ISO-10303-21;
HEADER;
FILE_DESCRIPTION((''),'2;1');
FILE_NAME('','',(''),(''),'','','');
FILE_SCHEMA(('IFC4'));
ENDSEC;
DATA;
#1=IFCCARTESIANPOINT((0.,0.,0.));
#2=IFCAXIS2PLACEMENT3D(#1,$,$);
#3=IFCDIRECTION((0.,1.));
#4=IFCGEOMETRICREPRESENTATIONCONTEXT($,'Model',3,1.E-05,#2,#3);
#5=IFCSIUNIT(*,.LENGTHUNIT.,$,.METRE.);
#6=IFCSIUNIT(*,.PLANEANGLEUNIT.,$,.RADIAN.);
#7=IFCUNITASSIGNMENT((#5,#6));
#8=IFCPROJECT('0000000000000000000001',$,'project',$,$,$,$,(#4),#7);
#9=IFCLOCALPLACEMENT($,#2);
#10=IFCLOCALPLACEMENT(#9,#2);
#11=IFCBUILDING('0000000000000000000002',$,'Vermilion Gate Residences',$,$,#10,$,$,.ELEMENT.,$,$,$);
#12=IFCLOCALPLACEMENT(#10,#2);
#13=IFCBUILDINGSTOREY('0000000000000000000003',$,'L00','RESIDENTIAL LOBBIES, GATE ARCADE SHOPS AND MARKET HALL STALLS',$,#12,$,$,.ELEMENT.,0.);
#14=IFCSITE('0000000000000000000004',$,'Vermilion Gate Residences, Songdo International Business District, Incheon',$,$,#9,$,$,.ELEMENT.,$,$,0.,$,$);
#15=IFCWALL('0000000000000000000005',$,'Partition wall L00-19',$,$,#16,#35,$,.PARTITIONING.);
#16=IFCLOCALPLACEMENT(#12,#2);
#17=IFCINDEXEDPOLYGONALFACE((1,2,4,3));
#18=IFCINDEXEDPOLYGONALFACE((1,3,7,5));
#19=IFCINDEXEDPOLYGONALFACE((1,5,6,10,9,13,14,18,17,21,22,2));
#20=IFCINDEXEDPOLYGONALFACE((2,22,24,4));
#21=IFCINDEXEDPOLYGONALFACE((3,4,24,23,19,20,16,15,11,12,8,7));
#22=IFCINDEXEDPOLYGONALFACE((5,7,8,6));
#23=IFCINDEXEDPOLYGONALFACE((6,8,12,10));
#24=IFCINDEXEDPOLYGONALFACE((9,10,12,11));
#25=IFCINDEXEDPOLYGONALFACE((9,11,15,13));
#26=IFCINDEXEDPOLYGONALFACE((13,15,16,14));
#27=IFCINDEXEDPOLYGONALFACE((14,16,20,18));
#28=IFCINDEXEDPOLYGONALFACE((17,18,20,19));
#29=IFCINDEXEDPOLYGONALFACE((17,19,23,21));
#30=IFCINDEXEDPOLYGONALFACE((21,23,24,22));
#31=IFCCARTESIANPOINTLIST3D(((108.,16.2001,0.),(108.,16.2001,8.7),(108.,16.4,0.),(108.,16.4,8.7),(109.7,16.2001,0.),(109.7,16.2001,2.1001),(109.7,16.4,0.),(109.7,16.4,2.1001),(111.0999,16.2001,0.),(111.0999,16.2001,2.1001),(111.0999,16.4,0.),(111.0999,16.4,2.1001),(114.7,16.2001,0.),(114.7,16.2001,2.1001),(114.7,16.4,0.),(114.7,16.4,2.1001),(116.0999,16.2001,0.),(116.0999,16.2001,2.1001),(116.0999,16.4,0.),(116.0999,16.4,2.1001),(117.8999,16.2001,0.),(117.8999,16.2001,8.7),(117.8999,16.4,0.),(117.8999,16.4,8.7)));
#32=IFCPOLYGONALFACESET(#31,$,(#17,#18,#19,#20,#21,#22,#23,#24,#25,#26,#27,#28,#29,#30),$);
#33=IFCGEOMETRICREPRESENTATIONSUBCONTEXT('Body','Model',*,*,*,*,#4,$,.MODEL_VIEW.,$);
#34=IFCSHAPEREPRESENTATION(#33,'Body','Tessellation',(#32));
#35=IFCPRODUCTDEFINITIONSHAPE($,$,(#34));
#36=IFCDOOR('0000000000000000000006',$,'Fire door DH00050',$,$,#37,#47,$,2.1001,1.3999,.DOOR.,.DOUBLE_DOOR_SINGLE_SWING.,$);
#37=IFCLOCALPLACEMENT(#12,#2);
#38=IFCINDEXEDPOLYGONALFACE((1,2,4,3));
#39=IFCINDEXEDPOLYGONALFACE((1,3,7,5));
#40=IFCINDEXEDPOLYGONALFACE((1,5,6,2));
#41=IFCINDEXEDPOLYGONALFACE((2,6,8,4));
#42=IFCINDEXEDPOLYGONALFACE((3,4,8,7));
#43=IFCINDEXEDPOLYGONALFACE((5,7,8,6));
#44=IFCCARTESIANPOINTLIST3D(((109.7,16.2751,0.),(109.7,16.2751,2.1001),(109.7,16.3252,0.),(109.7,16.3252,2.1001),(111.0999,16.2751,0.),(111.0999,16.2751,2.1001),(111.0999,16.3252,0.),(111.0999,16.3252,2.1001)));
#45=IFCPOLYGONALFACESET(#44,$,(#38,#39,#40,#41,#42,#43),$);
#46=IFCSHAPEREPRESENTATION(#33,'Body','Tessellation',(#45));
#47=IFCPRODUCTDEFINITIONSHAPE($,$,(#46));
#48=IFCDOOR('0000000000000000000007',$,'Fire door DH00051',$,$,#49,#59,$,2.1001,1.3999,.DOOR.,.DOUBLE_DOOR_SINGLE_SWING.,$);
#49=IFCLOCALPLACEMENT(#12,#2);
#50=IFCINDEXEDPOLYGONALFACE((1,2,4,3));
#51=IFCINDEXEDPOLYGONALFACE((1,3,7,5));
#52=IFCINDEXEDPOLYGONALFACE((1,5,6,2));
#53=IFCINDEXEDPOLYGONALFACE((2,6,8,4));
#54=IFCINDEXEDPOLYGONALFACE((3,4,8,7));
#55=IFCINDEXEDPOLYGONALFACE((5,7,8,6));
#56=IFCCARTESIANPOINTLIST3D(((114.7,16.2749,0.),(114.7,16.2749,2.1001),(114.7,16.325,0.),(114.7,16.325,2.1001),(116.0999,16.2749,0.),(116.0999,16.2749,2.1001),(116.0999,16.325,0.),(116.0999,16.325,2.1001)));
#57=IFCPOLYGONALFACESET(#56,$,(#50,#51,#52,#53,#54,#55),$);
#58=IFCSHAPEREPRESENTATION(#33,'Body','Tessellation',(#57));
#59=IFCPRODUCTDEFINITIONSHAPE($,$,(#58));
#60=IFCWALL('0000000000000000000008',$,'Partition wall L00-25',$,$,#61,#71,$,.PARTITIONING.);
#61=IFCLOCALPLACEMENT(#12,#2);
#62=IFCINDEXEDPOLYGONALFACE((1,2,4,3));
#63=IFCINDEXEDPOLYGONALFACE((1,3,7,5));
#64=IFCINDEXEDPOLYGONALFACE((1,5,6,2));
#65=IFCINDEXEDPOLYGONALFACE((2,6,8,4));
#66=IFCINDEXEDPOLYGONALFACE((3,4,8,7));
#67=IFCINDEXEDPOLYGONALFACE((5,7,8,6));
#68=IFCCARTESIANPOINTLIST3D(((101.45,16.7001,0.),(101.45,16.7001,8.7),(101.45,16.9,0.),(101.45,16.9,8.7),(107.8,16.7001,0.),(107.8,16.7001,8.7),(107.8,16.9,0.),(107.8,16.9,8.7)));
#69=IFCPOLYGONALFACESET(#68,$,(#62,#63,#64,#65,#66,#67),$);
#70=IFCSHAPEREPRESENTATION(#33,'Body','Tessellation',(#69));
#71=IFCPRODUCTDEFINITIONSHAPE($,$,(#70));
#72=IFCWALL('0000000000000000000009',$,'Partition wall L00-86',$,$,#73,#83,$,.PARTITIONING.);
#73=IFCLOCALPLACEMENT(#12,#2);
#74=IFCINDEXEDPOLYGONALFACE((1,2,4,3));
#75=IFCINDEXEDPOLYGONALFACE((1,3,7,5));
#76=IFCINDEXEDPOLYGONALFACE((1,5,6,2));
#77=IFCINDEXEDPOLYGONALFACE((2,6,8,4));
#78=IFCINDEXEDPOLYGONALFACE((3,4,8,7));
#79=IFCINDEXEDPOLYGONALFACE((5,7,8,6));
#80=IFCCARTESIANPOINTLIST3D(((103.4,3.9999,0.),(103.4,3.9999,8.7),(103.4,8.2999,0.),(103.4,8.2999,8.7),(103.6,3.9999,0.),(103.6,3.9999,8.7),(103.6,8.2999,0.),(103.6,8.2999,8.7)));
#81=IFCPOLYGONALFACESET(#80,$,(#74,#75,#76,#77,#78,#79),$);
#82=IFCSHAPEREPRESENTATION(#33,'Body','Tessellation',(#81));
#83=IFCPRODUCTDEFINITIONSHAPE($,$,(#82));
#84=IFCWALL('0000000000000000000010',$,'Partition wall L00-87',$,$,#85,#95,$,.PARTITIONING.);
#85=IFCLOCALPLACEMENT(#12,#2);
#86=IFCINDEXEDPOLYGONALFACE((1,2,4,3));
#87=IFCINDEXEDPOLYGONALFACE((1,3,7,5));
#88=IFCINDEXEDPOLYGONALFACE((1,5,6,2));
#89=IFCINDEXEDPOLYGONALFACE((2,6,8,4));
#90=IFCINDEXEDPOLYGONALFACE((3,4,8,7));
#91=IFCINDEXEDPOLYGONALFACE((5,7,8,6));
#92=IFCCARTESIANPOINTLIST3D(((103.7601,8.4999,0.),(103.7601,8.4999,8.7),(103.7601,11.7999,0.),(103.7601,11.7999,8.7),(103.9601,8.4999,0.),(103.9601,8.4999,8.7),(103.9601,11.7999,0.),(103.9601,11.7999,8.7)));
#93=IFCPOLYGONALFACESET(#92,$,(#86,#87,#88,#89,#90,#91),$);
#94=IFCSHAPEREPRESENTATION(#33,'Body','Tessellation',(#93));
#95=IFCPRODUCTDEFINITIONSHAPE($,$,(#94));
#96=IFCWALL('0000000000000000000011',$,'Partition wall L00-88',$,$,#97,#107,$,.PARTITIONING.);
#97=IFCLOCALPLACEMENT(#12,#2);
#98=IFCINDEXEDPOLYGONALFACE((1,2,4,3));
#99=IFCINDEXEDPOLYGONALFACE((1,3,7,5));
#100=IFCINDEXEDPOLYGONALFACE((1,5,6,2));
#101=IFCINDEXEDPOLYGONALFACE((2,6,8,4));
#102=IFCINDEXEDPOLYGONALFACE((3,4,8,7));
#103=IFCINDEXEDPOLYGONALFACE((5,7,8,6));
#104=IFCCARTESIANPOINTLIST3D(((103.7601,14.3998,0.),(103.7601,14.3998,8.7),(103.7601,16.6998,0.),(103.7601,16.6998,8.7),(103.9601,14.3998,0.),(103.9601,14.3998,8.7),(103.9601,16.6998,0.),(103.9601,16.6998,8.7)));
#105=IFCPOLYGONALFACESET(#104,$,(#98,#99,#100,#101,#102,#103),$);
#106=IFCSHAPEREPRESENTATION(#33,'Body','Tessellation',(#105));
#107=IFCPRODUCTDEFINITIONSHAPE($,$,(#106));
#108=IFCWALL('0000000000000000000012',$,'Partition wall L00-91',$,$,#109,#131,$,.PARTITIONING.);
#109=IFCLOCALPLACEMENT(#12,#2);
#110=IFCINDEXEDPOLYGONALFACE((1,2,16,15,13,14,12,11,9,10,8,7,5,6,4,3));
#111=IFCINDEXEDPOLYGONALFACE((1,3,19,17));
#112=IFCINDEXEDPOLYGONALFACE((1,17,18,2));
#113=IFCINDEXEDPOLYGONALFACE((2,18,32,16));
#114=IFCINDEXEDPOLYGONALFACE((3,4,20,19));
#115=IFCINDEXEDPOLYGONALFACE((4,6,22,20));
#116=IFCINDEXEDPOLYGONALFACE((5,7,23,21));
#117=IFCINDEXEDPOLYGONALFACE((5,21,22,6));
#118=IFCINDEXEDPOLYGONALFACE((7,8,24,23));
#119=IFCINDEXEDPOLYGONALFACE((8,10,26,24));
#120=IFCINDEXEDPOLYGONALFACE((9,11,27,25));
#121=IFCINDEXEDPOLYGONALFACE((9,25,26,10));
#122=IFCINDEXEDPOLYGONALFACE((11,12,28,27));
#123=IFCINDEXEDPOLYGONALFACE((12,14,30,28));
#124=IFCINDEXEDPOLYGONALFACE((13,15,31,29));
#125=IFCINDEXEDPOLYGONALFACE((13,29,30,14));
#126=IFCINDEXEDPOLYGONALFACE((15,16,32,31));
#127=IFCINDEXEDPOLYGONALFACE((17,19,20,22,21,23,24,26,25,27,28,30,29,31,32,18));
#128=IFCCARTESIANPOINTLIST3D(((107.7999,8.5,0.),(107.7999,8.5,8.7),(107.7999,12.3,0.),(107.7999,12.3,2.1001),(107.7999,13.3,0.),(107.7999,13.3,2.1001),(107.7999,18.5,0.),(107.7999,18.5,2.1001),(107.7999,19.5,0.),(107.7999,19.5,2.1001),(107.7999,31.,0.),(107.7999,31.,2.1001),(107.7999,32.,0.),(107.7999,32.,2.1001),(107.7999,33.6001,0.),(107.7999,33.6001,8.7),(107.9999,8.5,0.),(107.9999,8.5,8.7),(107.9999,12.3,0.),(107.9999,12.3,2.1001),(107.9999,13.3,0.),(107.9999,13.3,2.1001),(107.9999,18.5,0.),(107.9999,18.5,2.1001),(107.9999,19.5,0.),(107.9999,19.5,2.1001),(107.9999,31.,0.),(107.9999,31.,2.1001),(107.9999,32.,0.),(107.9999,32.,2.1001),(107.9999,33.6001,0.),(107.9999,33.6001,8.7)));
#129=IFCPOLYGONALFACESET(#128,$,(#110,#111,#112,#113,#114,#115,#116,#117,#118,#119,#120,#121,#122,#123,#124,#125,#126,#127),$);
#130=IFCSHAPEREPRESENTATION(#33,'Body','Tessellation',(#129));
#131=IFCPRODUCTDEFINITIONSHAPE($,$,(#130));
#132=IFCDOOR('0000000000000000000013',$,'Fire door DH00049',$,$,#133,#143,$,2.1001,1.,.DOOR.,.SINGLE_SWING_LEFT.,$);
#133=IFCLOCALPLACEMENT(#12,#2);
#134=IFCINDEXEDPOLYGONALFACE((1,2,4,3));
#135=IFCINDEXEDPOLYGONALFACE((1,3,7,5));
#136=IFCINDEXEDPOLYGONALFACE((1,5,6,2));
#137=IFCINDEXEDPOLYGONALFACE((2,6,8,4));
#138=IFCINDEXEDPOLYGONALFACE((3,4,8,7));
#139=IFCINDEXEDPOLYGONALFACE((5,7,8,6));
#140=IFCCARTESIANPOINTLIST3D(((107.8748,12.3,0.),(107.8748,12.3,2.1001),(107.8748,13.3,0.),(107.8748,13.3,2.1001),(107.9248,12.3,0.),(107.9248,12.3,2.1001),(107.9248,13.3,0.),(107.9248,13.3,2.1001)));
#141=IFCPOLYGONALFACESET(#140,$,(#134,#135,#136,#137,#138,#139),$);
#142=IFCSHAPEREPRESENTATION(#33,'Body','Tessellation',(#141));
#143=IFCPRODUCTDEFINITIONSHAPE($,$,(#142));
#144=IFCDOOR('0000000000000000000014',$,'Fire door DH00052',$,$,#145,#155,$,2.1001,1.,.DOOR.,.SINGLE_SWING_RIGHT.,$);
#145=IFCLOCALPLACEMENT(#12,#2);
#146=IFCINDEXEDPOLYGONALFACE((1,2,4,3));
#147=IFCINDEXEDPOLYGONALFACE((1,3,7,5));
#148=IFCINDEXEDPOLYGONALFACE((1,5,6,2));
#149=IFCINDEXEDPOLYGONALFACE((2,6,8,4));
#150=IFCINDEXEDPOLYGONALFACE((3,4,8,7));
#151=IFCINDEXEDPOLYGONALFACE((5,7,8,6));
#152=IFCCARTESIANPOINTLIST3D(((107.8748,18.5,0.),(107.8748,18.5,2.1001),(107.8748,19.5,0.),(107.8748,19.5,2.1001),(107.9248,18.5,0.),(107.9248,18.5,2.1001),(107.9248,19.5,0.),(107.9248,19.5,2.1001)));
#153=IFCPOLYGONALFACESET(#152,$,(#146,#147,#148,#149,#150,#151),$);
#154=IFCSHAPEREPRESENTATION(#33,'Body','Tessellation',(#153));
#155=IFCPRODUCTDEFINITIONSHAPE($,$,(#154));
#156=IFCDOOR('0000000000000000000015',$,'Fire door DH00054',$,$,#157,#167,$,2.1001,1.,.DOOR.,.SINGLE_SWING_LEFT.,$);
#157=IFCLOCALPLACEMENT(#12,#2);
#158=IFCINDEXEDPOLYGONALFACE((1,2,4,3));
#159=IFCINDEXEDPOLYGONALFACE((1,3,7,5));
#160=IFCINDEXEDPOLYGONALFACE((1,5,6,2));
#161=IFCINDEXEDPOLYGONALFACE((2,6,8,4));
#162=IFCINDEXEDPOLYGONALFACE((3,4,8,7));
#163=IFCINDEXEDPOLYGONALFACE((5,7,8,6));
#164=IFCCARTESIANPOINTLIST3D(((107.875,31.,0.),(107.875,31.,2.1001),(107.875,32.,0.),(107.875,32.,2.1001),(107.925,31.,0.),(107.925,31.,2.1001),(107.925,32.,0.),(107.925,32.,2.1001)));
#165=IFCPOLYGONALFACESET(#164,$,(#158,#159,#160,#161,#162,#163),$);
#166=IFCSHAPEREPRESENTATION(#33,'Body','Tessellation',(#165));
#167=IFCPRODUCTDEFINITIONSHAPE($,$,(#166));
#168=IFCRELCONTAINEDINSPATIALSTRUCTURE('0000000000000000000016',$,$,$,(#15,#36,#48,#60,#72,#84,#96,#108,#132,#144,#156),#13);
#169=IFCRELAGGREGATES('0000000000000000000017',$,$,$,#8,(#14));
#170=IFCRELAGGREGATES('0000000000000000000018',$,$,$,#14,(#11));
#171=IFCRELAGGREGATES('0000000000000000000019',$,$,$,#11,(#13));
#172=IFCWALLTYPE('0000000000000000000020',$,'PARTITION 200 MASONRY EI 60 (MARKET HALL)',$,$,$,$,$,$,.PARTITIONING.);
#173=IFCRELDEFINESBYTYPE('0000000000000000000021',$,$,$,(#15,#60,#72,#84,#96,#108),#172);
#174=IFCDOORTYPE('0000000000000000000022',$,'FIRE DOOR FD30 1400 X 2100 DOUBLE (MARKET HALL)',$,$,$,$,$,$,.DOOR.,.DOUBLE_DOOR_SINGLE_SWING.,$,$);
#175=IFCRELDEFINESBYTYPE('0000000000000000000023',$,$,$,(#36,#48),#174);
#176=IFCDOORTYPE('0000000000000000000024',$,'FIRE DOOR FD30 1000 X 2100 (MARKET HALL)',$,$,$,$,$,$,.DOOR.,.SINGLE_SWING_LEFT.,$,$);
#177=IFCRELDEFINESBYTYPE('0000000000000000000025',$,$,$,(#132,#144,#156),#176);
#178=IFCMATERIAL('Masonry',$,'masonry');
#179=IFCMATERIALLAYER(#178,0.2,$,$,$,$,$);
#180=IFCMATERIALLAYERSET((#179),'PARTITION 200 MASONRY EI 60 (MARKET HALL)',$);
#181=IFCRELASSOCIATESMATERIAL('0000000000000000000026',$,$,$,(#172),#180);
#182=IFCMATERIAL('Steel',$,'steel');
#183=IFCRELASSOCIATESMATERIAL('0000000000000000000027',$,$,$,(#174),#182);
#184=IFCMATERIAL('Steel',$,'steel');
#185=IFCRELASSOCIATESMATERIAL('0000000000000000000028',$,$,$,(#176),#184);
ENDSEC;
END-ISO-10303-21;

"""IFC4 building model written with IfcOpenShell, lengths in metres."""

from ifc_helpers import new_model, si_unit, direction, frame, frame_2d, origin, place, context, subcontext, project, spatial, rectangle, extrude, material, layer, layer_set, type_object, element, fill, save


model = new_model("IFC4")

# Units and contexts
model_context = context("Model", 3, precision=1e-05, world=origin(), true_north=direction((0.0, 1.0)))
body_context = subcontext(model_context, "Body", "Model", "MODEL_VIEW")
ifc_project = project(units=[si_unit("LENGTHUNIT", "METRE"), si_unit("PLANEANGLEUNIT", "RADIAN")], contexts=[model_context])

# Site, building, storey
site_placement = place(None, origin())
site = spatial("IfcSite", under=ifc_project, at=site_placement, Name="Vermilion Gate Residences, Songdo International Business District, Incheon", CompositionType="ELEMENT", RefElevation=0.0)
building_placement = place(site_placement, origin())
building = spatial("IfcBuilding", under=site, at=building_placement, Name="Vermilion Gate Residences", CompositionType="ELEMENT")
storey_placement = place(building_placement, origin())
storey = spatial("IfcBuildingStorey", under=building, at=storey_placement, Name="L00", Description="RESIDENTIAL LOBBIES, GATE ARCADE SHOPS AND MARKET HALL STALLS", CompositionType="ELEMENT", Elevation=0.0)

# Wall, openings, doors
ifc_material_1 = material(Name="Masonry", Category="masonry")
ifc_layer_1 = layer(ifc_material_1, 0.2)
ifc_layer_set_1 = layer_set([ifc_layer_1], Name="PARTITION 200 MASONRY EI 60 (MARKET HALL)")
wall_type_1 = type_object("IfcWallType", Name="PARTITION 200 MASONRY EI 60 (MARKET HALL)", PredefinedType="PARTITIONING", material=ifc_layer_set_1)
wall_1_placement = place(storey_placement, frame((108.0, 16.3, 0.0), z_axis=(0.0, 0.0, 1.0), x_axis=(1.0, 0.0, 0.0)))
wall_1 = element("IfcWall", 1, at=wall_1_placement, inside=storey, type_object=wall_type_1, Name="Partition wall L00-19", PredefinedType="PARTITIONING", context=body_context, shape_type="SweptSolid", body=[
    extrude(rectangle(XDim=9.8999, YDim=0.2, at=frame_2d((4.95, 0.0))), origin(), (0.0, 0.0, 1.0), 8.7),
])
opening_1_placement = place(wall_1_placement, frame((1.7, 0.0, 0.0)))
opening_1 = element("IfcOpeningElement", 2, at=opening_1_placement, cuts=wall_1, PredefinedType="OPENING", context=body_context, shape_type="SweptSolid", body=[
    extrude(rectangle(XDim=1.3999, YDim=2.1001, at=frame_2d((0.7, 1.05))), frame((0.0, 0.1099, 0.0), z_axis=(0.0, -1.0, 0.0), x_axis=(1.0, 0.0, 0.0)), (0.0, 0.0, 1.0), 0.22),
])
opening_2_placement = place(wall_1_placement, frame((6.7, 0.0, 0.0)))
opening_2 = element("IfcOpeningElement", 3, at=opening_2_placement, cuts=wall_1, PredefinedType="OPENING", context=body_context, shape_type="SweptSolid", body=[
    extrude(rectangle(XDim=1.3999, YDim=2.1001, at=frame_2d((0.7, 1.05))), frame((0.0, 0.1099, 0.0), z_axis=(0.0, -1.0, 0.0), x_axis=(1.0, 0.0, 0.0)), (0.0, 0.0, 1.0), 0.22),
])
ifc_material_2 = material(Name="Steel", Category="steel")
door_type_1 = type_object("IfcDoorType", Name="FIRE DOOR FD30 1400 X 2100 DOUBLE (MARKET HALL)", OperationType="DOUBLE_DOOR_SINGLE_SWING", PredefinedType="DOOR", material=ifc_material_2)
door_1_placement = place(opening_1_placement, frame((1.3999, 0.0, 0.0), z_axis=(0.0, 0.0, 1.0), x_axis=(-1.0, 0.0, 0.0)))
door_1 = element("IfcDoor", 4, at=door_1_placement, inside=storey, type_object=door_type_1, Name="Fire door DH00050", OperationType="DOUBLE_DOOR_SINGLE_SWING", OverallHeight=2.1001, OverallWidth=1.3999, PredefinedType="DOOR", context=body_context, shape_type="SweptSolid", body=[
    extrude(rectangle(XDim=1.3999, YDim=2.1001, at=frame_2d((0.7, 1.05))), frame((0.0, 0.0249, 0.0), z_axis=(0.0, -1.0, 0.0), x_axis=(1.0, 0.0, 0.0)), (0.0, 0.0, 1.0), 0.05),
])
fill(opening_1, door_1)
door_2_placement = place(opening_2_placement, origin())
door_2 = element("IfcDoor", 5, at=door_2_placement, inside=storey, type_object=door_type_1, Name="Fire door DH00051", OperationType="DOUBLE_DOOR_SINGLE_SWING", OverallHeight=2.1001, OverallWidth=1.3999, PredefinedType="DOOR", context=body_context, shape_type="SweptSolid", body=[
    extrude(rectangle(XDim=1.3999, YDim=2.1001, at=frame_2d((0.7, 1.05))), frame((0.0, 0.0249, 0.0), z_axis=(0.0, -1.0, 0.0), x_axis=(1.0, 0.0, 0.0)), (0.0, 0.0, 1.0), 0.05),
])
fill(opening_2, door_2)

# Walls
wall_2_placement = place(storey_placement, frame((101.45, 16.8, 0.0), z_axis=(0.0, 0.0, 1.0), x_axis=(1.0, 0.0, 0.0)))
element("IfcWall", 6, at=wall_2_placement, inside=storey, type_object=wall_type_1, Name="Partition wall L00-25", PredefinedType="PARTITIONING", context=body_context, shape_type="SweptSolid", body=[
    extrude(rectangle(XDim=6.3501, YDim=0.2, at=frame_2d((3.175, 0.0))), origin(), (0.0, 0.0, 1.0), 8.7),
])
wall_3_placement = place(storey_placement, frame((103.5, 4.0, 0.0), z_axis=(0.0, 0.0, 1.0), x_axis=(0.0, 1.0, 0.0)))
element("IfcWall", 7, at=wall_3_placement, inside=storey, type_object=wall_type_1, Name="Partition wall L00-86", PredefinedType="PARTITIONING", context=body_context, shape_type="SweptSolid", body=[
    extrude(rectangle(XDim=4.3, YDim=0.2, at=frame_2d((2.1499, 0.0))), origin(), (0.0, 0.0, 1.0), 8.7),
])
wall_4_placement = place(storey_placement, frame((103.8601, 8.5, 0.0), z_axis=(0.0, 0.0, 1.0), x_axis=(0.0, 1.0, 0.0)))
element("IfcWall", 8, at=wall_4_placement, inside=storey, type_object=wall_type_1, Name="Partition wall L00-87", PredefinedType="PARTITIONING", context=body_context, shape_type="SweptSolid", body=[
    extrude(rectangle(XDim=3.3, YDim=0.2, at=frame_2d((1.6499, 0.0))), origin(), (0.0, 0.0, 1.0), 8.7),
])
wall_5_placement = place(storey_placement, frame((103.8601, 14.3999, 0.0), z_axis=(0.0, 0.0, 1.0), x_axis=(0.0, 1.0, 0.0)))
element("IfcWall", 9, at=wall_5_placement, inside=storey, type_object=wall_type_1, Name="Partition wall L00-88", PredefinedType="PARTITIONING", context=body_context, shape_type="SweptSolid", body=[
    extrude(rectangle(XDim=2.3, YDim=0.2, at=frame_2d((1.1499, 0.0))), origin(), (0.0, 0.0, 1.0), 8.7),
])

# Wall, openings, doors
wall_6_placement = place(storey_placement, frame((107.8999, 8.5, 0.0), z_axis=(0.0, 0.0, 1.0), x_axis=(0.0, 1.0, 0.0)))
wall_6 = element("IfcWall", 10, at=wall_6_placement, inside=storey, type_object=wall_type_1, Name="Partition wall L00-91", PredefinedType="PARTITIONING", context=body_context, shape_type="SweptSolid", body=[
    extrude(rectangle(XDim=25.1001, YDim=0.2, at=frame_2d((12.55, 0.0))), origin(), (0.0, 0.0, 1.0), 8.7),
])
opening_3_placement = place(wall_6_placement, frame((3.8, 0.0, 0.0)))
opening_3 = element("IfcOpeningElement", 11, at=opening_3_placement, cuts=wall_6, PredefinedType="OPENING", context=body_context, shape_type="SweptSolid", body=[
    extrude(rectangle(XDim=1.0, YDim=2.1001, at=frame_2d((0.5, 1.05))), frame((0.0, 0.1099, 0.0), z_axis=(0.0, -1.0, 0.0), x_axis=(1.0, 0.0, 0.0)), (0.0, 0.0, 1.0), 0.22),
])
opening_4_placement = place(wall_6_placement, frame((10.0, 0.0, 0.0)))
opening_4 = element("IfcOpeningElement", 12, at=opening_4_placement, cuts=wall_6, PredefinedType="OPENING", context=body_context, shape_type="SweptSolid", body=[
    extrude(rectangle(XDim=1.0, YDim=2.1001, at=frame_2d((0.5, 1.05))), frame((0.0, 0.1099, 0.0), z_axis=(0.0, -1.0, 0.0), x_axis=(1.0, 0.0, 0.0)), (0.0, 0.0, 1.0), 0.22),
])
opening_5_placement = place(wall_6_placement, frame((22.5, 0.0, 0.0)))
opening_5 = element("IfcOpeningElement", 13, at=opening_5_placement, cuts=wall_6, PredefinedType="OPENING", context=body_context, shape_type="SweptSolid", body=[
    extrude(rectangle(XDim=1.0, YDim=2.1001, at=frame_2d((0.5, 1.05))), frame((0.0, 0.1099, 0.0), z_axis=(0.0, -1.0, 0.0), x_axis=(1.0, 0.0, 0.0)), (0.0, 0.0, 1.0), 0.22),
])
ifc_material_3 = material(Name="Steel", Category="steel")
door_type_2 = type_object("IfcDoorType", Name="FIRE DOOR FD30 1000 X 2100 (MARKET HALL)", OperationType="SINGLE_SWING_LEFT", PredefinedType="DOOR", material=ifc_material_3)
door_3_placement = place(opening_3_placement, frame((1.0, 0.0, 0.0), z_axis=(0.0, 0.0, 1.0), x_axis=(-1.0, 0.0, 0.0)))
door_3 = element("IfcDoor", 14, at=door_3_placement, inside=storey, type_object=door_type_2, Name="Fire door DH00049", OperationType="SINGLE_SWING_LEFT", OverallHeight=2.1001, OverallWidth=1.0, PredefinedType="DOOR", context=body_context, shape_type="SweptSolid", body=[
    extrude(rectangle(XDim=1.0, YDim=2.1001, at=frame_2d((0.5, 1.05))), frame((0.0, 0.0249, 0.0), z_axis=(0.0, -1.0, 0.0), x_axis=(1.0, 0.0, 0.0)), (0.0, 0.0, 1.0), 0.05),
])
fill(opening_3, door_3)
door_4_placement = place(opening_4_placement, frame((1.0, 0.0, 0.0), z_axis=(0.0, 0.0, 1.0), x_axis=(-1.0, 0.0, 0.0)))
door_4 = element("IfcDoor", 15, at=door_4_placement, inside=storey, type_object=door_type_2, Name="Fire door DH00052", OperationType="SINGLE_SWING_RIGHT", OverallHeight=2.1001, OverallWidth=1.0, PredefinedType="DOOR", context=body_context, shape_type="SweptSolid", body=[
    extrude(rectangle(XDim=1.0, YDim=2.1001, at=frame_2d((0.5, 1.05))), frame((0.0, 0.0249, 0.0), z_axis=(0.0, -1.0, 0.0), x_axis=(1.0, 0.0, 0.0)), (0.0, 0.0, 1.0), 0.05),
])
fill(opening_4, door_4)
door_5_placement = place(opening_5_placement, origin())
door_5 = element("IfcDoor", 16, at=door_5_placement, inside=storey, type_object=door_type_2, Name="Fire door DH00054", OperationType="SINGLE_SWING_LEFT", OverallHeight=2.1001, OverallWidth=1.0, PredefinedType="DOOR", context=body_context, shape_type="SweptSolid", body=[
    extrude(rectangle(XDim=1.0, YDim=2.1001, at=frame_2d((0.5, 1.05))), frame((0.0, 0.0249, 0.0), z_axis=(0.0, -1.0, 0.0), x_axis=(1.0, 0.0, 0.0)), (0.0, 0.0, 1.0), 0.05),
])
fill(opening_5, door_5)

save(model, "model.ifc")
